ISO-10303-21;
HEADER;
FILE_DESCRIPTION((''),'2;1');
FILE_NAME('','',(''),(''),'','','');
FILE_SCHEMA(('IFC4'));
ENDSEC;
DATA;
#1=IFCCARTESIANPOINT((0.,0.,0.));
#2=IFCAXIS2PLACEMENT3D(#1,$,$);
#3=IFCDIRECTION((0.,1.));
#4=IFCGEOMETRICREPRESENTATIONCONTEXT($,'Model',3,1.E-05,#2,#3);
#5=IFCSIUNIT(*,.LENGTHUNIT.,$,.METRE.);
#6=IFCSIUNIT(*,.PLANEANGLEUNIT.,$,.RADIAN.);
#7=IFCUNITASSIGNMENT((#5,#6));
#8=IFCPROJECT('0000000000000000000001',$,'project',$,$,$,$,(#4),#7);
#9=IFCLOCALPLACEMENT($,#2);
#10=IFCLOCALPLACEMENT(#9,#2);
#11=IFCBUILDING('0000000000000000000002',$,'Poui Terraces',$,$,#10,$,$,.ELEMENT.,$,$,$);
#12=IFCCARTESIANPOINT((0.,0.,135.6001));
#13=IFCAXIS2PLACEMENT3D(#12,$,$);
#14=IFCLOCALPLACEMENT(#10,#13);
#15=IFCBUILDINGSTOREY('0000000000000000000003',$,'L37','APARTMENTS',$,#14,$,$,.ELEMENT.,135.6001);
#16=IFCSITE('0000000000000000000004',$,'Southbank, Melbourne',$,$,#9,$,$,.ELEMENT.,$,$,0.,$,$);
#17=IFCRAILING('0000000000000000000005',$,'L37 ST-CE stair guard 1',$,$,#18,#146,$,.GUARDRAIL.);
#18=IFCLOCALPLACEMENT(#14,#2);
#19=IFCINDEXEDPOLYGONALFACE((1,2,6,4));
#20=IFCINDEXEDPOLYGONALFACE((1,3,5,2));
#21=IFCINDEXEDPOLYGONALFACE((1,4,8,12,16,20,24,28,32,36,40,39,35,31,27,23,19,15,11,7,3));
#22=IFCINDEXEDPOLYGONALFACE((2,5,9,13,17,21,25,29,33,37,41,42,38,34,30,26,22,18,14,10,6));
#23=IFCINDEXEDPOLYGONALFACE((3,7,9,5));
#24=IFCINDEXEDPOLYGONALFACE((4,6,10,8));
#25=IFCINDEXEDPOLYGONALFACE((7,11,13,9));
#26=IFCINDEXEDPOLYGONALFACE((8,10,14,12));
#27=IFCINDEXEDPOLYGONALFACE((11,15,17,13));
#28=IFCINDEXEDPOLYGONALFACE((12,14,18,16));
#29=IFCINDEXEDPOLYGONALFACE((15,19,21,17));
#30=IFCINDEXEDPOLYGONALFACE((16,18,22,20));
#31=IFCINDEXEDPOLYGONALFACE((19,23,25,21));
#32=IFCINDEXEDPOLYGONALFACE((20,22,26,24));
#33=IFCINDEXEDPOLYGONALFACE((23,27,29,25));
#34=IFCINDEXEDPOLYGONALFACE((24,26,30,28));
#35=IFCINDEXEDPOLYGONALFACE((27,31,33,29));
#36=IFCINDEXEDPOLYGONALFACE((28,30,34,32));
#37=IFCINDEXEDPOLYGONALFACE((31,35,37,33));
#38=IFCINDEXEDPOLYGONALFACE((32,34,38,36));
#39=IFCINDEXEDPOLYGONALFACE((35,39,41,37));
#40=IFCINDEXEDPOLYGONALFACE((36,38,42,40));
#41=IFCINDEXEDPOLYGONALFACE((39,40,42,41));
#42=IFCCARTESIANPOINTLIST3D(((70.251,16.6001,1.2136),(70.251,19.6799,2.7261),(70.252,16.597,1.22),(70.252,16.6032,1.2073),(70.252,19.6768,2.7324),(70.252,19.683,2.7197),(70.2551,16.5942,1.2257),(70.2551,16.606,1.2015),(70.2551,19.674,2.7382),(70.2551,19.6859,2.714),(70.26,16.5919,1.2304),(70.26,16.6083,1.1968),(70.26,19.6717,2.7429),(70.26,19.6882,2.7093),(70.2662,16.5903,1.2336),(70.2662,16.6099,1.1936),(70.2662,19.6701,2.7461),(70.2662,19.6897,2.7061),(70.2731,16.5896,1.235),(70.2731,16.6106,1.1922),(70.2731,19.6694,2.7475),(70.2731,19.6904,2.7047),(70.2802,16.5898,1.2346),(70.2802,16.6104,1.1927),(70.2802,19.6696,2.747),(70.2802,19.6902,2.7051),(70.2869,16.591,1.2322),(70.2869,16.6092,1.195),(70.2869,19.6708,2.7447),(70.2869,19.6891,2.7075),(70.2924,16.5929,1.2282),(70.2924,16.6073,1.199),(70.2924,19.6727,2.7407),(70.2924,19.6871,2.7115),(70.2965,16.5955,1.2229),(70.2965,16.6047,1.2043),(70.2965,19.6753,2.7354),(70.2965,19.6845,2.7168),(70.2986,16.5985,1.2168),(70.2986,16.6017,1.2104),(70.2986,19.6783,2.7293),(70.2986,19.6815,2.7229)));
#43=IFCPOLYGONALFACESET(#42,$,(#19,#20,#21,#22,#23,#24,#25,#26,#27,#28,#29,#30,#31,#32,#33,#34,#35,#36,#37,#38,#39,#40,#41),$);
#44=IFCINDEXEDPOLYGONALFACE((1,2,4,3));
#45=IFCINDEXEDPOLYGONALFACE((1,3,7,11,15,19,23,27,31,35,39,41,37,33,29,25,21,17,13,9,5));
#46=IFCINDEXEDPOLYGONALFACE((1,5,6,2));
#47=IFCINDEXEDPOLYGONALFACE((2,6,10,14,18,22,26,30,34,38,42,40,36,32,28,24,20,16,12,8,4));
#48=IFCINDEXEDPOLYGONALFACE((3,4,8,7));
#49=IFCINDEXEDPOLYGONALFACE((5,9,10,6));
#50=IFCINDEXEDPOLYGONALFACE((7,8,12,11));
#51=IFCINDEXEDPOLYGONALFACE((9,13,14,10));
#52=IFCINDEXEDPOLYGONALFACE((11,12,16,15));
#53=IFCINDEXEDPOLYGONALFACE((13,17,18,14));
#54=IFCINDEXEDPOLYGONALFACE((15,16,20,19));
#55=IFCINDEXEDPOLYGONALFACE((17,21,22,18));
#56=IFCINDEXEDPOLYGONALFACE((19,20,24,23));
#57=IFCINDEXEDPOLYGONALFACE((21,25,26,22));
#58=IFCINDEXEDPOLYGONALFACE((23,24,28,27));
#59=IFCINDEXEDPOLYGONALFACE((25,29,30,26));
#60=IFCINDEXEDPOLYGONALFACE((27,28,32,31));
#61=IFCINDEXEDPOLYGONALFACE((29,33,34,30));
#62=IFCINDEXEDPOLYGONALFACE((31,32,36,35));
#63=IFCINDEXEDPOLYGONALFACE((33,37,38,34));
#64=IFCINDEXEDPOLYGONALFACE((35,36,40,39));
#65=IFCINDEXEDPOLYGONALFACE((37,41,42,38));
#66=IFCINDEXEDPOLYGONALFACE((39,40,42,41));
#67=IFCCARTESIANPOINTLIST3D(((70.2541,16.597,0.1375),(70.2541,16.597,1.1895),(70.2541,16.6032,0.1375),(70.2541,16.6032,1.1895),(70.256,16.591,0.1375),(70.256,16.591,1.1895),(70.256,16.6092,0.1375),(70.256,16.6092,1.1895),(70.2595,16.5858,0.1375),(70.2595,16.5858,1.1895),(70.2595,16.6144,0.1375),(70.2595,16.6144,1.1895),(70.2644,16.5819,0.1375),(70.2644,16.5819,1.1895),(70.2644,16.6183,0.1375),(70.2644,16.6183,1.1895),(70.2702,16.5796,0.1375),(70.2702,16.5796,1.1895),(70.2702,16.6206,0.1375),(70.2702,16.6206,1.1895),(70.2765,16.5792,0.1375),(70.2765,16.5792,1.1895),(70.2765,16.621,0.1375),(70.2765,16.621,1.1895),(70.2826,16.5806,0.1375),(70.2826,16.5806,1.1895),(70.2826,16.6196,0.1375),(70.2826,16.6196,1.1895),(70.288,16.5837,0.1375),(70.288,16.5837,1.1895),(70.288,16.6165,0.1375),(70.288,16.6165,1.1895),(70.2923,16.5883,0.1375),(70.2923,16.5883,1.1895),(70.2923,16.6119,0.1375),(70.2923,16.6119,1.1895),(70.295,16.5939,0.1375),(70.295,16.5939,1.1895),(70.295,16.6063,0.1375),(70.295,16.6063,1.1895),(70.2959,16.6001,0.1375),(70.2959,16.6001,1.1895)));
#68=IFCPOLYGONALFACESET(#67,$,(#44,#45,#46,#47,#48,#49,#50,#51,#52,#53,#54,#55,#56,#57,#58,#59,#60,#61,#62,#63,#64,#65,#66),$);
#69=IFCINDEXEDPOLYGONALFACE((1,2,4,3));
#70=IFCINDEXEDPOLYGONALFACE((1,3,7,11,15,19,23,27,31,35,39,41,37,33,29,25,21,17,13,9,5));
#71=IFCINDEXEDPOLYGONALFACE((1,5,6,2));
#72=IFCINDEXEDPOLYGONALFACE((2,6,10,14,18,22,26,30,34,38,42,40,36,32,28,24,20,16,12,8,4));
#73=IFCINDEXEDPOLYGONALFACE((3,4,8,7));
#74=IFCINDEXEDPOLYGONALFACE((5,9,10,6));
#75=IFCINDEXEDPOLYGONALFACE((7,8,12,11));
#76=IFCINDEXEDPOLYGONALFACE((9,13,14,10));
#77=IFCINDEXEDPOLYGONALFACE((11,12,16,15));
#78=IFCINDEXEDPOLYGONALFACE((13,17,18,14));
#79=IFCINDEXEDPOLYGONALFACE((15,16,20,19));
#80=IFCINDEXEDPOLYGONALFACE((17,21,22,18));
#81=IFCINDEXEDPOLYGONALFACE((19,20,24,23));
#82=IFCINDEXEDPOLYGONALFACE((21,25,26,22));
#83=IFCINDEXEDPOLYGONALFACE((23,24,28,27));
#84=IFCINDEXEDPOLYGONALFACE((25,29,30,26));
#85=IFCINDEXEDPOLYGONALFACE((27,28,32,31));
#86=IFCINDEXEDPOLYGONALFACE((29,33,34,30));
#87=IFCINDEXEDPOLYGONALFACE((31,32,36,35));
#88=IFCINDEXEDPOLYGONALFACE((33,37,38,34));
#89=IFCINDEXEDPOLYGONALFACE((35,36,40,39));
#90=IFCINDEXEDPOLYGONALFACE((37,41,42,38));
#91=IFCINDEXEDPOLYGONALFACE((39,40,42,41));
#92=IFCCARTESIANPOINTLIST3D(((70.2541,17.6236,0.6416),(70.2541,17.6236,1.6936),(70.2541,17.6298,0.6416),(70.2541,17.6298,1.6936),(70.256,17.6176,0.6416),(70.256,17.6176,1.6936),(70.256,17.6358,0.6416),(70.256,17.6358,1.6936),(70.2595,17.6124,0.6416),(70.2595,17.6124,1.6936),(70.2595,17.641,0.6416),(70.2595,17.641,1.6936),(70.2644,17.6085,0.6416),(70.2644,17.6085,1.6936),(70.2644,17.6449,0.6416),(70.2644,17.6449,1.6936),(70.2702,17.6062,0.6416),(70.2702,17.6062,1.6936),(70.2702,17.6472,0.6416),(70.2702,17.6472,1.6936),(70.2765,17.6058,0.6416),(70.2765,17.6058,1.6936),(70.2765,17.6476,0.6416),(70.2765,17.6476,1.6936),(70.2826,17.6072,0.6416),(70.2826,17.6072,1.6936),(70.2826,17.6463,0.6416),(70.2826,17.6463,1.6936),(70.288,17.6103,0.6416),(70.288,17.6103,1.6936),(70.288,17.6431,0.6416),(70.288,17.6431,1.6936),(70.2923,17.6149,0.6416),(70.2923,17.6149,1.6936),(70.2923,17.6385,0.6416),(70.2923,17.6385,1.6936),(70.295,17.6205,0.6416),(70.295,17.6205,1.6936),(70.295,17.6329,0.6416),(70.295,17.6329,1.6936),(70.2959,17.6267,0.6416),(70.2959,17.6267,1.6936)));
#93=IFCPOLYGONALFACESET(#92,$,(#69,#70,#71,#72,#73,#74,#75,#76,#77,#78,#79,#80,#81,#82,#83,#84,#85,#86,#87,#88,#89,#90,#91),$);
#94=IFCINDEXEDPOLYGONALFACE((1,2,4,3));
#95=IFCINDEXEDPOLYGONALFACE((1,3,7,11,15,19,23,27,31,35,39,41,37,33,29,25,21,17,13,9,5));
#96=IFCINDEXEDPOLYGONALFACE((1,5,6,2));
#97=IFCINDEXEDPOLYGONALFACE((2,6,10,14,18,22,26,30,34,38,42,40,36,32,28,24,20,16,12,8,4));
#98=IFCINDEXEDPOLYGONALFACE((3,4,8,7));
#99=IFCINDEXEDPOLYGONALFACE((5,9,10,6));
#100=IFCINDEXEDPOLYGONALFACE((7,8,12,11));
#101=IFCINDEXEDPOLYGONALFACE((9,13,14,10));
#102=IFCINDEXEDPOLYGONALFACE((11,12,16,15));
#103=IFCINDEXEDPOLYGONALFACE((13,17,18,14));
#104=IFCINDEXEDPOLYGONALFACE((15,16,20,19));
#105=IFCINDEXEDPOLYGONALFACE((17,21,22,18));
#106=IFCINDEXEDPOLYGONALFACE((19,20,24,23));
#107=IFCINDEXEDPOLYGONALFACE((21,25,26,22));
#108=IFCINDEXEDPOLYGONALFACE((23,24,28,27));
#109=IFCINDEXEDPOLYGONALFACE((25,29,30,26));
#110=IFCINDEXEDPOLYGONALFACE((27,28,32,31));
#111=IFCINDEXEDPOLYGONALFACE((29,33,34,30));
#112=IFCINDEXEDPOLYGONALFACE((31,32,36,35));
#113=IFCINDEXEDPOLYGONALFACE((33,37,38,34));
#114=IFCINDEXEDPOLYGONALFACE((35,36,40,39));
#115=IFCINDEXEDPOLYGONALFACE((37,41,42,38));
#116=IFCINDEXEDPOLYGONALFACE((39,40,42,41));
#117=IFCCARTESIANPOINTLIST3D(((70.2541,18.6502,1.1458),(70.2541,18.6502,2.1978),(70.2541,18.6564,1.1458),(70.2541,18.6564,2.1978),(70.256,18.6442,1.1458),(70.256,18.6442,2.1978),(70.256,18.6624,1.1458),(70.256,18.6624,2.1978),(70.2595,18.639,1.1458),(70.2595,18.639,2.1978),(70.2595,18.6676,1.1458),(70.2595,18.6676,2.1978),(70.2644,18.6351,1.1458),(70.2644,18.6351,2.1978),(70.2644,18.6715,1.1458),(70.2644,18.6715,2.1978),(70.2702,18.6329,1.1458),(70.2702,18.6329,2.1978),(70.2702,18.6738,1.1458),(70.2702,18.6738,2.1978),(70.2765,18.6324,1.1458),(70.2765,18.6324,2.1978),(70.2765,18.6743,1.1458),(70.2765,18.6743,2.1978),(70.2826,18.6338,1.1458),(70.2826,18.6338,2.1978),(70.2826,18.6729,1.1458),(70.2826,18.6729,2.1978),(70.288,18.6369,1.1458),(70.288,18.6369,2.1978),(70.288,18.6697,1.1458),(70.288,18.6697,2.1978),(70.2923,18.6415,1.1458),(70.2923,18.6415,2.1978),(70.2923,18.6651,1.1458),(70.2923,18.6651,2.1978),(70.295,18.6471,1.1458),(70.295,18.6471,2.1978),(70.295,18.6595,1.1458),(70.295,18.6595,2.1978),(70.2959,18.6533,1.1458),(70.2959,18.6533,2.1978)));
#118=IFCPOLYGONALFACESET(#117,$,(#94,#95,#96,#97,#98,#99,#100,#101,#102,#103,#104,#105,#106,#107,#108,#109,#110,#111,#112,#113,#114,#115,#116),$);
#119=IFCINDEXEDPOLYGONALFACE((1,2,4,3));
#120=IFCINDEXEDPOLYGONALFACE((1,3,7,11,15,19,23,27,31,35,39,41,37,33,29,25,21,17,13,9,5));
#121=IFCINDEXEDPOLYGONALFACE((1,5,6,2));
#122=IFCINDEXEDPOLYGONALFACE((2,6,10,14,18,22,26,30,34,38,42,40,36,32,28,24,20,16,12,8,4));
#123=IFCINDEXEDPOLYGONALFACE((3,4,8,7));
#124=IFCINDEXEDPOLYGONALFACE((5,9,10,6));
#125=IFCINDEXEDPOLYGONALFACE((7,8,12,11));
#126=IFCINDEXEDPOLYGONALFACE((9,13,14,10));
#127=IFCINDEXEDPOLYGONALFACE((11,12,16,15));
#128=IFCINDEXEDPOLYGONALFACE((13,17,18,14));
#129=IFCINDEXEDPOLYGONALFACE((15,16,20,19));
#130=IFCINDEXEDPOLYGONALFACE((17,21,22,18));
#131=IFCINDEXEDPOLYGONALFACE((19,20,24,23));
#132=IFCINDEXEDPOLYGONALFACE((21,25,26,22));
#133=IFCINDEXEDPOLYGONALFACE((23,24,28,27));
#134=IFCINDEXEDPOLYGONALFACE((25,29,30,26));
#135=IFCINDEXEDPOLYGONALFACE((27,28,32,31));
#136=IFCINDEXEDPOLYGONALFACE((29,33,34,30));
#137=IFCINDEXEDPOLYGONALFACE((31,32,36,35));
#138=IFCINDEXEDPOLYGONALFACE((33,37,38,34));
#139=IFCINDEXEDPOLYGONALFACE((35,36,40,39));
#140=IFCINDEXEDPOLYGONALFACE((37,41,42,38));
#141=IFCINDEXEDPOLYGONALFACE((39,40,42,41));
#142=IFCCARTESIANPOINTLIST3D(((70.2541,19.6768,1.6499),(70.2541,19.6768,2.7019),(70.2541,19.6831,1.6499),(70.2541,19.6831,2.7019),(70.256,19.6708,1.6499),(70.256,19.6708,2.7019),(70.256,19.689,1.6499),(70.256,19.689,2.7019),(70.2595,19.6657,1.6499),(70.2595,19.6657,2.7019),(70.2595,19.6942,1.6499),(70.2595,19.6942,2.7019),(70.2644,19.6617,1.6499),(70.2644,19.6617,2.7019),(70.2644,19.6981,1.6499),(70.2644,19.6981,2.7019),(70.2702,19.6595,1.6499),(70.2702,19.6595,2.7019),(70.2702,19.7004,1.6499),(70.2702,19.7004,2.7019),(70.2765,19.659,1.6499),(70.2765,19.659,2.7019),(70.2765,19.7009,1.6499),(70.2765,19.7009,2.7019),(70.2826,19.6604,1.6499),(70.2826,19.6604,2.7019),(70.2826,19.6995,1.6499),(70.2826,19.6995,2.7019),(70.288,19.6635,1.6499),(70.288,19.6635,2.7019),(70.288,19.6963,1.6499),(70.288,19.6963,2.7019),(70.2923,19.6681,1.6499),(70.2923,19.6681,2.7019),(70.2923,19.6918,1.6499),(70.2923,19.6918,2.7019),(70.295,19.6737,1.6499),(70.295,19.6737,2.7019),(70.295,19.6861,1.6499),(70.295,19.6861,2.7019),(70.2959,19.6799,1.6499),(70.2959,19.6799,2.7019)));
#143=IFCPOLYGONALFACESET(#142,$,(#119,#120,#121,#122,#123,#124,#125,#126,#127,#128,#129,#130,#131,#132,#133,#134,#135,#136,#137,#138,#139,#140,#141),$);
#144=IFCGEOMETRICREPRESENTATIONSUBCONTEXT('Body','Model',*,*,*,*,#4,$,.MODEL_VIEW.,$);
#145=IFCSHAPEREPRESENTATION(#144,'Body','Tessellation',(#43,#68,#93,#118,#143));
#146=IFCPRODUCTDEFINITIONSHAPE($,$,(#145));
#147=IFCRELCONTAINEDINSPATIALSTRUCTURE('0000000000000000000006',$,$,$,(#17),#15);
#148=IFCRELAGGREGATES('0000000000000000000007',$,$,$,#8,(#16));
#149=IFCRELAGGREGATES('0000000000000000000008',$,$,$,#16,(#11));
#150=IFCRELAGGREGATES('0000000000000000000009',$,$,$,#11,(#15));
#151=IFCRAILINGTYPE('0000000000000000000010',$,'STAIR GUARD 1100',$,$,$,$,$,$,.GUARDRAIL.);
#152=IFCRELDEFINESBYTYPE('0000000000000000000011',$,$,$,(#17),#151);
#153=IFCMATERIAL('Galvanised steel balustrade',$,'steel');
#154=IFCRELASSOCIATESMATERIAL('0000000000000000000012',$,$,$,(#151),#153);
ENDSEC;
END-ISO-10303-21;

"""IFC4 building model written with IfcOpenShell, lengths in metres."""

from ifc_helpers import new_model, si_unit, direction, frame, origin, origin_2d, place, context, subcontext, project, spatial, circle, extrude, material, type_object, element, save


model = new_model("IFC4")

# Units and contexts
model_context = context("Model", 3, precision=1e-05, world=origin(), true_north=direction((0.0, 1.0)))
body_context = subcontext(model_context, "Body", "Model", "MODEL_VIEW")
ifc_project = project(units=[si_unit("LENGTHUNIT", "METRE"), si_unit("PLANEANGLEUNIT", "RADIAN")], contexts=[model_context])

# Site, building, storey
site_placement = place(None, origin())
site = spatial("IfcSite", under=ifc_project, at=site_placement, Name="Southbank, Melbourne", CompositionType="ELEMENT", RefElevation=0.0)
building_placement = place(site_placement, origin())
building = spatial("IfcBuilding", under=site, at=building_placement, Name="Poui Terraces", CompositionType="ELEMENT")
storey_placement = place(building_placement, frame((0.0, 0.0, 135.6001)))
storey = spatial("IfcBuildingStorey", under=building, at=storey_placement, Name="L37", Description="APARTMENTS", CompositionType="ELEMENT", Elevation=135.6001)

# Railing
ifc_material_1 = material(Name="Galvanised steel balustrade", Category="steel")
railing_type_1 = type_object("IfcRailingType", Name="STAIR GUARD 1100", PredefinedType="GUARDRAIL", material=ifc_material_1)
railing_1_placement = place(storey_placement, frame((70.2749, 16.6001, 0.1375)))
element("IfcRailing", 1, at=railing_1_placement, inside=storey, type_object=railing_type_1, Name="L37 ST-CE stair guard 1", PredefinedType="GUARDRAIL", context=body_context, shape_type="SweptSolid", body=[
    extrude(circle(Radius=0.0239, at=origin_2d()), frame((0.0, 0.0, 1.0762), z_axis=(0.0, 0.897606, 0.440798), x_axis=(-1.0, 0.0, 0.0)), (0.0, 0.0, 1.0), 3.4312),
    extrude(circle(Radius=0.021, at=origin_2d()), origin(), (0.0, 0.0, 1.0), 1.052),
    extrude(circle(Radius=0.021, at=origin_2d()), frame((0.0, 1.0266, 0.5042)), (0.0, 0.0, 1.0), 1.052),
    extrude(circle(Radius=0.021, at=origin_2d()), frame((0.0, 2.0532, 1.0083)), (0.0, 0.0, 1.0), 1.052),
    extrude(circle(Radius=0.021, at=origin_2d()), frame((0.0, 3.0798, 1.5125)), (0.0, 0.0, 1.0), 1.052),
])

save(model, "model.ifc")
